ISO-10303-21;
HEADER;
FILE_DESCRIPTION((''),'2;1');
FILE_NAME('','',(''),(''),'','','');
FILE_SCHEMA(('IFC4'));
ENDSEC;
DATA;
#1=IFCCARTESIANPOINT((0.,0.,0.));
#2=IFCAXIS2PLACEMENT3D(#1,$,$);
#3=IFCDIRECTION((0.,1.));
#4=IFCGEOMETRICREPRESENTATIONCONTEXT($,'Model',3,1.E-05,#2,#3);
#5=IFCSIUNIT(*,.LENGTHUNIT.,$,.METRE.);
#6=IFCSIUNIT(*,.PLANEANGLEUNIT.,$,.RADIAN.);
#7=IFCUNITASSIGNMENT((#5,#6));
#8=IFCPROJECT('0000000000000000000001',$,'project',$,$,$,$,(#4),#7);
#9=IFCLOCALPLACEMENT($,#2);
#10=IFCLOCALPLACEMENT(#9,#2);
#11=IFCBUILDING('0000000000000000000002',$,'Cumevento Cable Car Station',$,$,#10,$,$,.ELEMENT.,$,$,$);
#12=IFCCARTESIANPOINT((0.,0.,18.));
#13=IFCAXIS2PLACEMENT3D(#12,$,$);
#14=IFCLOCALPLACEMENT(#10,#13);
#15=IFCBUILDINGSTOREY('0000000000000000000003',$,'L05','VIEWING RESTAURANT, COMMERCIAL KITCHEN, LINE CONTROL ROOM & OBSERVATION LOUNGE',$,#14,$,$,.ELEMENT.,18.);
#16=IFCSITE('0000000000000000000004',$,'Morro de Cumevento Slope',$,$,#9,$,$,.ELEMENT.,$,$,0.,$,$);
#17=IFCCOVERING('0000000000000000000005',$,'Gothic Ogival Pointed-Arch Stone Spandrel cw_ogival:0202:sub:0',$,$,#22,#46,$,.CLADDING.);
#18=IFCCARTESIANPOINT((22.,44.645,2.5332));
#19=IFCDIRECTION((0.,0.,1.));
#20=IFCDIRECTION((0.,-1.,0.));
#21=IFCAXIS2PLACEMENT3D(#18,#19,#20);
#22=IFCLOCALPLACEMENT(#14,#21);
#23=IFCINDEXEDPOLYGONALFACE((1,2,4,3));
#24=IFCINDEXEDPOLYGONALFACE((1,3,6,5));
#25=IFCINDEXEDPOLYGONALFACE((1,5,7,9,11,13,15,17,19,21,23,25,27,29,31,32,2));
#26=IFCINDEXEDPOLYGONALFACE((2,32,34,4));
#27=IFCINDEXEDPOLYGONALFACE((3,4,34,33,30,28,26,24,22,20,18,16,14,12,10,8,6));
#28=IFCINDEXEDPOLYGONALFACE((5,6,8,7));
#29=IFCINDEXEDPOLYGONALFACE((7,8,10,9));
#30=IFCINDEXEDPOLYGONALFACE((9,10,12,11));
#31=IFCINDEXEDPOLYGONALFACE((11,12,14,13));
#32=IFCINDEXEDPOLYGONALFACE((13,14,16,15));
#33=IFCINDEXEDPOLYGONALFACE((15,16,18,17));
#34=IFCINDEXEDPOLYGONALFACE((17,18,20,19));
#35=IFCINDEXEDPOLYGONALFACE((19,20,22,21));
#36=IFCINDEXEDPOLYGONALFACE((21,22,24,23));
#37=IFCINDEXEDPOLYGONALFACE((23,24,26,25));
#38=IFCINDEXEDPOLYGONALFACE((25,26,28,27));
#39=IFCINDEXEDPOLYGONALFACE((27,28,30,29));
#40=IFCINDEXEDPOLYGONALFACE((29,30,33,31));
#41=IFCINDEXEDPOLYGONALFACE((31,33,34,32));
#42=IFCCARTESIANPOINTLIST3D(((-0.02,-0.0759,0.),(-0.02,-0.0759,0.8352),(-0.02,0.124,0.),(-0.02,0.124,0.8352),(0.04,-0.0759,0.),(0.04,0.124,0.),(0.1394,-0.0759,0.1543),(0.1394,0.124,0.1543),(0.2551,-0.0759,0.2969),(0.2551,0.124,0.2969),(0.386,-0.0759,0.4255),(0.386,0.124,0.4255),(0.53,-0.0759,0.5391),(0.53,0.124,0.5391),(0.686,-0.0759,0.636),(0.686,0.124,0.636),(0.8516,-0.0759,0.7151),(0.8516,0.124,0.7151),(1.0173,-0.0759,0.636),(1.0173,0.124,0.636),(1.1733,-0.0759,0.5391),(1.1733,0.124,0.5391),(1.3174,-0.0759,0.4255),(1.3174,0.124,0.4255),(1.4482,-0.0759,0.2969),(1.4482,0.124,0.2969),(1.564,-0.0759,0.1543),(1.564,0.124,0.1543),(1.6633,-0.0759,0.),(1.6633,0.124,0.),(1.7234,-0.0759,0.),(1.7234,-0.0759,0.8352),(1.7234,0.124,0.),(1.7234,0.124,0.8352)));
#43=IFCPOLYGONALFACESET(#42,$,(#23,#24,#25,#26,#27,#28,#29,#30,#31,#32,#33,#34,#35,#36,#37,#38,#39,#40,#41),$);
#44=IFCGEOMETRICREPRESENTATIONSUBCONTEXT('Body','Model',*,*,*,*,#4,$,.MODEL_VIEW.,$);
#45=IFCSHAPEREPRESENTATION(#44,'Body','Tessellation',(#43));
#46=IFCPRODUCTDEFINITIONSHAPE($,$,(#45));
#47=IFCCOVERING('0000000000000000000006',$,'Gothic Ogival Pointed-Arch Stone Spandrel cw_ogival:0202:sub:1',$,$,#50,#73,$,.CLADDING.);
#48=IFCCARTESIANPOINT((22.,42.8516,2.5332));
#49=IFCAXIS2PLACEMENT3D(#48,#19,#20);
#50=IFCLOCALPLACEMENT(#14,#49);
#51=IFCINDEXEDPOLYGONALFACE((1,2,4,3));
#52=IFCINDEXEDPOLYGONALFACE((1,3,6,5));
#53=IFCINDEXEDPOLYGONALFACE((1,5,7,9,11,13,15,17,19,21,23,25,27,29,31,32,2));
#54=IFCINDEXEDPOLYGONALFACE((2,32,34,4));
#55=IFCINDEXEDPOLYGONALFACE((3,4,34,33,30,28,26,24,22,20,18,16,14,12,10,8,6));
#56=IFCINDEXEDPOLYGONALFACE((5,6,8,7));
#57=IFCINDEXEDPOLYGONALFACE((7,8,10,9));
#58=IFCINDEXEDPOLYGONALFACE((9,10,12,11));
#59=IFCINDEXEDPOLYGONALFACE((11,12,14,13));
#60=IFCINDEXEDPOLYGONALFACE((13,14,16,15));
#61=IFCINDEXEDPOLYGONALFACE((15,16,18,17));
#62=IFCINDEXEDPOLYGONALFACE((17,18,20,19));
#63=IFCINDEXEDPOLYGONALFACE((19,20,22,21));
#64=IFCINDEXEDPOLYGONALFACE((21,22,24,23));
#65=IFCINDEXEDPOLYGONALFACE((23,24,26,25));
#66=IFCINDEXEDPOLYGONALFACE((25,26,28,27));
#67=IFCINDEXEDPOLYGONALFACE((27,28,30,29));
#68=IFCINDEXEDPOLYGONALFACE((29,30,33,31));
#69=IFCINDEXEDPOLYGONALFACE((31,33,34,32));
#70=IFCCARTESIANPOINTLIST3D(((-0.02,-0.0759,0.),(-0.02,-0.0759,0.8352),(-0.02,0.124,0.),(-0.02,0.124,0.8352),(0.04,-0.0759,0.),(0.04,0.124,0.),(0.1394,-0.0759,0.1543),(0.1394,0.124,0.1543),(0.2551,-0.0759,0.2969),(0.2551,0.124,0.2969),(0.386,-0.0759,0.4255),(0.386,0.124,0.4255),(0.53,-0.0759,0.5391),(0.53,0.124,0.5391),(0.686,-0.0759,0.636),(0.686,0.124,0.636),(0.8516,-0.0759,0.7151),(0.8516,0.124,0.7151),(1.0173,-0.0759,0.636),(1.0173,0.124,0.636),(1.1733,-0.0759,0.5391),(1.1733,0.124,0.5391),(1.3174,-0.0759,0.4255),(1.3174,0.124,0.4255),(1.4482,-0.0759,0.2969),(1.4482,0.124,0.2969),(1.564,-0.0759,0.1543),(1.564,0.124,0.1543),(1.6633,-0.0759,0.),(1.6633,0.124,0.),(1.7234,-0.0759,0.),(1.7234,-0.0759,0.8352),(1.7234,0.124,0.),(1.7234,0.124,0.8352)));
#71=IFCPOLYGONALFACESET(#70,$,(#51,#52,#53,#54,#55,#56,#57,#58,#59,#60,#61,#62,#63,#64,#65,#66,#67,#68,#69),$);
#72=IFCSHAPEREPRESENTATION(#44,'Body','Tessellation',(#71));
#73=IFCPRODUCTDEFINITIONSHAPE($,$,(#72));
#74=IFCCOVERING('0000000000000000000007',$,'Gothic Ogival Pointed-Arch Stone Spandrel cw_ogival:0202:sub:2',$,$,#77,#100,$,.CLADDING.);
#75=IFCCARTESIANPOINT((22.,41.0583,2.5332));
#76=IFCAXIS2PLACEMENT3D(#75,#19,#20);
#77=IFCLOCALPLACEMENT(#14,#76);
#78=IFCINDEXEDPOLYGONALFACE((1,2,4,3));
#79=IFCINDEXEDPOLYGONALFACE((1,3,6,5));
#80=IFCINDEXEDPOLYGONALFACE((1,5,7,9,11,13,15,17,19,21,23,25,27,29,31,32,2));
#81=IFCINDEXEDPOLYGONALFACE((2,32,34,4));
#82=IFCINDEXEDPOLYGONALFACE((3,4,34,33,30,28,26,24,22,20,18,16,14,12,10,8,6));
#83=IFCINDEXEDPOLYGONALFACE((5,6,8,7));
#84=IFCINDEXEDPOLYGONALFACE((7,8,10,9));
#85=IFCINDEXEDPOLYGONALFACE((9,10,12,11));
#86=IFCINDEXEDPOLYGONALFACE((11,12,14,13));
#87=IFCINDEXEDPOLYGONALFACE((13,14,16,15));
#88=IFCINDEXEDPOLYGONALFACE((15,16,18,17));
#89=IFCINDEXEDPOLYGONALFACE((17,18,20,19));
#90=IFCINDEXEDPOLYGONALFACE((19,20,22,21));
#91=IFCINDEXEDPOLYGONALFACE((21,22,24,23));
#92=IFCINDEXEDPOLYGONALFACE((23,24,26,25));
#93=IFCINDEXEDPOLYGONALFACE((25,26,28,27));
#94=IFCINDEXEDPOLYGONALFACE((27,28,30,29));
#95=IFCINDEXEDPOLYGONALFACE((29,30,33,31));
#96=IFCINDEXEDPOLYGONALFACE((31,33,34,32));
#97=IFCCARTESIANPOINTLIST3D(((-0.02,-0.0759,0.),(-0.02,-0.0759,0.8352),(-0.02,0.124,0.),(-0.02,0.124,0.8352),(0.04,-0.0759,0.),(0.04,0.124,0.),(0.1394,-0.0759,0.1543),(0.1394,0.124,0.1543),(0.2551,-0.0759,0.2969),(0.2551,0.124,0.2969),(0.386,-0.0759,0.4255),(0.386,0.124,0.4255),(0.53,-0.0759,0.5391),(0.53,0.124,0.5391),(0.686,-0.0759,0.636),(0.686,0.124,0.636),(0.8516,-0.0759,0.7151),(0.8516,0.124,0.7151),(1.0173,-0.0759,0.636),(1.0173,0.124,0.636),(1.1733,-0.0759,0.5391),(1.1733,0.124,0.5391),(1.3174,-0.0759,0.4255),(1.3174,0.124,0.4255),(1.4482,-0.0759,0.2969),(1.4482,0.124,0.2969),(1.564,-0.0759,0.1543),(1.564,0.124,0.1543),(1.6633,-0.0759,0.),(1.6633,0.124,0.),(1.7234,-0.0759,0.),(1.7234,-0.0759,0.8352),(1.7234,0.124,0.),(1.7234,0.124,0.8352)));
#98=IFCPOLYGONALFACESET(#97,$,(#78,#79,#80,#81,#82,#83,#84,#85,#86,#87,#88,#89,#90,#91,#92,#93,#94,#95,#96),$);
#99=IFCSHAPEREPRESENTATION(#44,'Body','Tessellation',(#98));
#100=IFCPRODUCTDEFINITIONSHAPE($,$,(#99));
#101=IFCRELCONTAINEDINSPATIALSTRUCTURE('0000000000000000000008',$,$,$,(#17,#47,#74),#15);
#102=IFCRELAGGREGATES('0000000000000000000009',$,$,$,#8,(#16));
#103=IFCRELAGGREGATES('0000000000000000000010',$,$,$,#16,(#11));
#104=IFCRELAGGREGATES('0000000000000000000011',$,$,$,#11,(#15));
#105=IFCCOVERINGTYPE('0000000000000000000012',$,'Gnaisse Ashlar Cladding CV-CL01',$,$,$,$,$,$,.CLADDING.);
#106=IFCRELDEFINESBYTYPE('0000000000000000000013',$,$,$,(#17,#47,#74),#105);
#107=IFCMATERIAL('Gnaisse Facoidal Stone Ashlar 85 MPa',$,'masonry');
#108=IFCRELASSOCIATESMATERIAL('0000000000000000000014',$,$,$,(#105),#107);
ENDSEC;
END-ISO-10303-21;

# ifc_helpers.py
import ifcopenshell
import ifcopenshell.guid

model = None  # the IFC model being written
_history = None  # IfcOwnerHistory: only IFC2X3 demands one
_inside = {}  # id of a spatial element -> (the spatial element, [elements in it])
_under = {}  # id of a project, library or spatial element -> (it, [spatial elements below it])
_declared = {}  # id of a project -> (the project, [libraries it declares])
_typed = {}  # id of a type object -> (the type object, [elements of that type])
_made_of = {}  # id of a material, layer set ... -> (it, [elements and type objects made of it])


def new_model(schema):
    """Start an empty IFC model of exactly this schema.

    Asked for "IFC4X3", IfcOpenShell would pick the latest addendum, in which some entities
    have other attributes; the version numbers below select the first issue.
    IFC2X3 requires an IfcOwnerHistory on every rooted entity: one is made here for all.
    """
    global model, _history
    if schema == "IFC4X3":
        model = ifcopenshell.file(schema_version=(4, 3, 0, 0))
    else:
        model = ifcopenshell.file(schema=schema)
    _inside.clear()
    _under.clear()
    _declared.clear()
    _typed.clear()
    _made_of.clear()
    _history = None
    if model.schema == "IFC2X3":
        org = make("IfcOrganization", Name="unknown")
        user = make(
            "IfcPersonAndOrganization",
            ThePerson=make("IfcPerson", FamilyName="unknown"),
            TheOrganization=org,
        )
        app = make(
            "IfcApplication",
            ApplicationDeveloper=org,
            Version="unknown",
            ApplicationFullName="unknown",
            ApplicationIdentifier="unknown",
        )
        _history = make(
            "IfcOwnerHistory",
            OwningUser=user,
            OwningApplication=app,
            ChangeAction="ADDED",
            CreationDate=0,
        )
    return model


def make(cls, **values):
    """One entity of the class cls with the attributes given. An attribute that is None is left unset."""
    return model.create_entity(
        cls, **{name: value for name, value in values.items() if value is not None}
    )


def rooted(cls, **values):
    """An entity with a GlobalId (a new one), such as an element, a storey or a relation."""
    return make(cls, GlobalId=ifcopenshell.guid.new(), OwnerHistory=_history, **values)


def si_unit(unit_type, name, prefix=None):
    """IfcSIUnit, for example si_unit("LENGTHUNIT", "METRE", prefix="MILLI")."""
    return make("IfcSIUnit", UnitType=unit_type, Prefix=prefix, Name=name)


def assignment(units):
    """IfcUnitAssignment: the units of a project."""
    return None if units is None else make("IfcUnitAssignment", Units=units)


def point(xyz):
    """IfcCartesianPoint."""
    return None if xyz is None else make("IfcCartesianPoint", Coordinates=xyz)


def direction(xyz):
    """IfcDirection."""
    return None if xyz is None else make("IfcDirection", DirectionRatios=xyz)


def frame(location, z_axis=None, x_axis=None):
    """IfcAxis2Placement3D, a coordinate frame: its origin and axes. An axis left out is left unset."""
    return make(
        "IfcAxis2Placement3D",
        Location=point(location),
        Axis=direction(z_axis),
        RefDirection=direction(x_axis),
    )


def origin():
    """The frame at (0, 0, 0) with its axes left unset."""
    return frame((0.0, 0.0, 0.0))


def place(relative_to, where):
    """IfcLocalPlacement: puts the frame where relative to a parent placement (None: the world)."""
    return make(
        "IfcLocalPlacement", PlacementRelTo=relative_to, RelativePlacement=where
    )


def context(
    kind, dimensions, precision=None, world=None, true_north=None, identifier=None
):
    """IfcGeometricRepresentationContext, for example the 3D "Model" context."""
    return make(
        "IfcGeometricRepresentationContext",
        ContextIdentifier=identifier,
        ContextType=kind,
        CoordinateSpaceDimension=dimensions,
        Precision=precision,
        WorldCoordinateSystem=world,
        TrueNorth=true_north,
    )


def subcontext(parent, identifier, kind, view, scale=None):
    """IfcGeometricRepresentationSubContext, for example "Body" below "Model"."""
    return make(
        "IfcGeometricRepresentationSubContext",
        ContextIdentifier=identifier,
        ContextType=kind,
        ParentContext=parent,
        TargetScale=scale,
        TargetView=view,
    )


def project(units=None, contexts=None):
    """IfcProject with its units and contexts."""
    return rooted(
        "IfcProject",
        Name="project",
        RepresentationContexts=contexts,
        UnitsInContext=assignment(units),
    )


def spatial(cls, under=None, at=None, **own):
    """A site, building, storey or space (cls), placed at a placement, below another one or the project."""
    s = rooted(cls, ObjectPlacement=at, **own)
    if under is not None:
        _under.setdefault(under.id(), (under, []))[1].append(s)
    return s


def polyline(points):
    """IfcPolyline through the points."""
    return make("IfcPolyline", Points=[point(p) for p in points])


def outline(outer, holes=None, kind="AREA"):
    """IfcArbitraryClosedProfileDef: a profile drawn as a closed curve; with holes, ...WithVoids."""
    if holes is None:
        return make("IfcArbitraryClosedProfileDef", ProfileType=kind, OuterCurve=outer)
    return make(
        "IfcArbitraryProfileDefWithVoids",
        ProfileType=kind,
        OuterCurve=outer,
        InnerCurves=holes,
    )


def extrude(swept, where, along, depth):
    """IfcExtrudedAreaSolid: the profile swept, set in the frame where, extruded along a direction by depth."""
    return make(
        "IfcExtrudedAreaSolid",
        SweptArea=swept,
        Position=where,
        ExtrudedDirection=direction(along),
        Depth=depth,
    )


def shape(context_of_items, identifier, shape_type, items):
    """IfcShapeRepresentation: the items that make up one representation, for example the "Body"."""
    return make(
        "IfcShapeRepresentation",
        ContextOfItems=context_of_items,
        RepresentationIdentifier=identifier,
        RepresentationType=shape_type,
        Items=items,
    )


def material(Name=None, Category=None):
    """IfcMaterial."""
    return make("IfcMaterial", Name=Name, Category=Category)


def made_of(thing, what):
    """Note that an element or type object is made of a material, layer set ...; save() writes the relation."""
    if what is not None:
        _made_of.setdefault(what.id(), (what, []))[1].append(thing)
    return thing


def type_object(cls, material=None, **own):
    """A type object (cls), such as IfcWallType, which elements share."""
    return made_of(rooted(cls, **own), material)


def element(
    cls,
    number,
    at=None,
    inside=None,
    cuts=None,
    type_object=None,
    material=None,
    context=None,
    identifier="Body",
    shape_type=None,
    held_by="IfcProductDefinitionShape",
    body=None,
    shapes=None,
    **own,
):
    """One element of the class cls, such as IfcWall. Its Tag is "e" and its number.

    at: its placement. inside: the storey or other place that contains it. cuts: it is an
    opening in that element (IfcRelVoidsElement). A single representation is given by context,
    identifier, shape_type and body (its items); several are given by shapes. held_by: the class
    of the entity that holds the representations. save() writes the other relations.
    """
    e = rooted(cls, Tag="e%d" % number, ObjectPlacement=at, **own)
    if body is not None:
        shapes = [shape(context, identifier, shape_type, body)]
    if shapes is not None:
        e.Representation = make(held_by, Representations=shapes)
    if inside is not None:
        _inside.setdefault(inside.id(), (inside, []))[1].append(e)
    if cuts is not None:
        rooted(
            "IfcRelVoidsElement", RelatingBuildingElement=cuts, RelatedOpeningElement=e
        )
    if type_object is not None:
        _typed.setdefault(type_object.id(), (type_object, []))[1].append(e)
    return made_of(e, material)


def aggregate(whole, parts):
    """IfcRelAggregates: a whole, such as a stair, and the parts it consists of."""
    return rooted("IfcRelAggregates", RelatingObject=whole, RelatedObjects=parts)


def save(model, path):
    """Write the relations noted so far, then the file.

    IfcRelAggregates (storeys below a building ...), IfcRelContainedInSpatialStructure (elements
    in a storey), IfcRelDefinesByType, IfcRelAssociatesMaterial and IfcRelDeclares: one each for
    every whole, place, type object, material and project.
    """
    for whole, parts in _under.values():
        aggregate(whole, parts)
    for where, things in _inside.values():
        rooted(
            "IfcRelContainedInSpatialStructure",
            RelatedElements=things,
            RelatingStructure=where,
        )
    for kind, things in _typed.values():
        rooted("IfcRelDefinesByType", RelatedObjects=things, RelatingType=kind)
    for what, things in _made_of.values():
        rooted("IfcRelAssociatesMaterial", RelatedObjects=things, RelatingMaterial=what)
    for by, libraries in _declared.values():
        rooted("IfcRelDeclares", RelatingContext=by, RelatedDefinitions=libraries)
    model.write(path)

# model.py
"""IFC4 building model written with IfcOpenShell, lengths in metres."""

from ifc_helpers import new_model, si_unit, direction, frame, origin, place, context, subcontext, project, spatial, polyline, outline, extrude, material, type_object, element, save


model = new_model("IFC4")

# Units and contexts
model_context = context("Model", 3, precision=1e-05, world=origin(), true_north=direction((0.0, 1.0)))
body_context = subcontext(model_context, "Body", "Model", "MODEL_VIEW")
ifc_project = project(units=[si_unit("LENGTHUNIT", "METRE"), si_unit("PLANEANGLEUNIT", "RADIAN")], contexts=[model_context])

# Site, building, storey
site_placement = place(None, origin())
site = spatial("IfcSite", under=ifc_project, at=site_placement, Name="Morro de Cumevento Slope", CompositionType="ELEMENT", RefElevation=0.0)
building_placement = place(site_placement, origin())
building = spatial("IfcBuilding", under=site, at=building_placement, Name="Cumevento Cable Car Station", CompositionType="ELEMENT")
storey_placement = place(building_placement, frame((0.0, 0.0, 18.0)))
storey = spatial("IfcBuildingStorey", under=building, at=storey_placement, Name="L05", Description="VIEWING RESTAURANT, COMMERCIAL KITCHEN, LINE CONTROL ROOM & OBSERVATION LOUNGE", CompositionType="ELEMENT", Elevation=18.0)

# Coverings
ifc_material_1 = material(Name="Gnaisse Facoidal Stone Ashlar 85 MPa", Category="masonry")
covering_type = type_object("IfcCoveringType", Name="Gnaisse Ashlar Cladding CV-CL01", PredefinedType="CLADDING", material=ifc_material_1)
for number, where, z_axis, x_axis, name in (
    (1, (22.0, 44.645, 2.5332), (0.0, 0.0, 1.0), (0.0, -1.0, 0.0), "Gothic Ogival Pointed-Arch Stone Spandrel cw_ogival:0202:sub:0"),
    (2, (22.0, 42.8516, 2.5332), (0.0, 0.0, 1.0), (0.0, -1.0, 0.0), "Gothic Ogival Pointed-Arch Stone Spandrel cw_ogival:0202:sub:1"),
    (3, (22.0, 41.0583, 2.5332), (0.0, 0.0, 1.0), (0.0, -1.0, 0.0), "Gothic Ogival Pointed-Arch Stone Spandrel cw_ogival:0202:sub:2"),
):
    element("IfcCovering", number, at=place(storey_placement, frame(where, z_axis=z_axis, x_axis=x_axis)), inside=storey, type_object=covering_type, Name=name, PredefinedType="CLADDING", context=body_context, shape_type="SweptSolid", body=[
        extrude(outline(polyline([(-0.02, 0.0), (-0.02, 0.8352), (1.7234, 0.8352), (1.7234, 0.0), (1.6633, 0.0), (1.564, 0.1543), (1.4482, 0.2969), (1.3174, 0.4255), (1.1733, 0.5391), (1.0173, 0.636), (0.8516, 0.7151), (0.686, 0.636), (0.53, 0.5391), (0.386, 0.4255), (0.2551, 0.2969), (0.1394, 0.1543), (0.04, 0.0), (-0.02, 0.0)])), frame((0.0, 0.124, 0.0), z_axis=(0.0, -1.0, 0.0), x_axis=(1.0, 0.0, 0.0)), (0.0, 0.0, 1.0), 0.2),
    ])

save(model, "model.ifc")
